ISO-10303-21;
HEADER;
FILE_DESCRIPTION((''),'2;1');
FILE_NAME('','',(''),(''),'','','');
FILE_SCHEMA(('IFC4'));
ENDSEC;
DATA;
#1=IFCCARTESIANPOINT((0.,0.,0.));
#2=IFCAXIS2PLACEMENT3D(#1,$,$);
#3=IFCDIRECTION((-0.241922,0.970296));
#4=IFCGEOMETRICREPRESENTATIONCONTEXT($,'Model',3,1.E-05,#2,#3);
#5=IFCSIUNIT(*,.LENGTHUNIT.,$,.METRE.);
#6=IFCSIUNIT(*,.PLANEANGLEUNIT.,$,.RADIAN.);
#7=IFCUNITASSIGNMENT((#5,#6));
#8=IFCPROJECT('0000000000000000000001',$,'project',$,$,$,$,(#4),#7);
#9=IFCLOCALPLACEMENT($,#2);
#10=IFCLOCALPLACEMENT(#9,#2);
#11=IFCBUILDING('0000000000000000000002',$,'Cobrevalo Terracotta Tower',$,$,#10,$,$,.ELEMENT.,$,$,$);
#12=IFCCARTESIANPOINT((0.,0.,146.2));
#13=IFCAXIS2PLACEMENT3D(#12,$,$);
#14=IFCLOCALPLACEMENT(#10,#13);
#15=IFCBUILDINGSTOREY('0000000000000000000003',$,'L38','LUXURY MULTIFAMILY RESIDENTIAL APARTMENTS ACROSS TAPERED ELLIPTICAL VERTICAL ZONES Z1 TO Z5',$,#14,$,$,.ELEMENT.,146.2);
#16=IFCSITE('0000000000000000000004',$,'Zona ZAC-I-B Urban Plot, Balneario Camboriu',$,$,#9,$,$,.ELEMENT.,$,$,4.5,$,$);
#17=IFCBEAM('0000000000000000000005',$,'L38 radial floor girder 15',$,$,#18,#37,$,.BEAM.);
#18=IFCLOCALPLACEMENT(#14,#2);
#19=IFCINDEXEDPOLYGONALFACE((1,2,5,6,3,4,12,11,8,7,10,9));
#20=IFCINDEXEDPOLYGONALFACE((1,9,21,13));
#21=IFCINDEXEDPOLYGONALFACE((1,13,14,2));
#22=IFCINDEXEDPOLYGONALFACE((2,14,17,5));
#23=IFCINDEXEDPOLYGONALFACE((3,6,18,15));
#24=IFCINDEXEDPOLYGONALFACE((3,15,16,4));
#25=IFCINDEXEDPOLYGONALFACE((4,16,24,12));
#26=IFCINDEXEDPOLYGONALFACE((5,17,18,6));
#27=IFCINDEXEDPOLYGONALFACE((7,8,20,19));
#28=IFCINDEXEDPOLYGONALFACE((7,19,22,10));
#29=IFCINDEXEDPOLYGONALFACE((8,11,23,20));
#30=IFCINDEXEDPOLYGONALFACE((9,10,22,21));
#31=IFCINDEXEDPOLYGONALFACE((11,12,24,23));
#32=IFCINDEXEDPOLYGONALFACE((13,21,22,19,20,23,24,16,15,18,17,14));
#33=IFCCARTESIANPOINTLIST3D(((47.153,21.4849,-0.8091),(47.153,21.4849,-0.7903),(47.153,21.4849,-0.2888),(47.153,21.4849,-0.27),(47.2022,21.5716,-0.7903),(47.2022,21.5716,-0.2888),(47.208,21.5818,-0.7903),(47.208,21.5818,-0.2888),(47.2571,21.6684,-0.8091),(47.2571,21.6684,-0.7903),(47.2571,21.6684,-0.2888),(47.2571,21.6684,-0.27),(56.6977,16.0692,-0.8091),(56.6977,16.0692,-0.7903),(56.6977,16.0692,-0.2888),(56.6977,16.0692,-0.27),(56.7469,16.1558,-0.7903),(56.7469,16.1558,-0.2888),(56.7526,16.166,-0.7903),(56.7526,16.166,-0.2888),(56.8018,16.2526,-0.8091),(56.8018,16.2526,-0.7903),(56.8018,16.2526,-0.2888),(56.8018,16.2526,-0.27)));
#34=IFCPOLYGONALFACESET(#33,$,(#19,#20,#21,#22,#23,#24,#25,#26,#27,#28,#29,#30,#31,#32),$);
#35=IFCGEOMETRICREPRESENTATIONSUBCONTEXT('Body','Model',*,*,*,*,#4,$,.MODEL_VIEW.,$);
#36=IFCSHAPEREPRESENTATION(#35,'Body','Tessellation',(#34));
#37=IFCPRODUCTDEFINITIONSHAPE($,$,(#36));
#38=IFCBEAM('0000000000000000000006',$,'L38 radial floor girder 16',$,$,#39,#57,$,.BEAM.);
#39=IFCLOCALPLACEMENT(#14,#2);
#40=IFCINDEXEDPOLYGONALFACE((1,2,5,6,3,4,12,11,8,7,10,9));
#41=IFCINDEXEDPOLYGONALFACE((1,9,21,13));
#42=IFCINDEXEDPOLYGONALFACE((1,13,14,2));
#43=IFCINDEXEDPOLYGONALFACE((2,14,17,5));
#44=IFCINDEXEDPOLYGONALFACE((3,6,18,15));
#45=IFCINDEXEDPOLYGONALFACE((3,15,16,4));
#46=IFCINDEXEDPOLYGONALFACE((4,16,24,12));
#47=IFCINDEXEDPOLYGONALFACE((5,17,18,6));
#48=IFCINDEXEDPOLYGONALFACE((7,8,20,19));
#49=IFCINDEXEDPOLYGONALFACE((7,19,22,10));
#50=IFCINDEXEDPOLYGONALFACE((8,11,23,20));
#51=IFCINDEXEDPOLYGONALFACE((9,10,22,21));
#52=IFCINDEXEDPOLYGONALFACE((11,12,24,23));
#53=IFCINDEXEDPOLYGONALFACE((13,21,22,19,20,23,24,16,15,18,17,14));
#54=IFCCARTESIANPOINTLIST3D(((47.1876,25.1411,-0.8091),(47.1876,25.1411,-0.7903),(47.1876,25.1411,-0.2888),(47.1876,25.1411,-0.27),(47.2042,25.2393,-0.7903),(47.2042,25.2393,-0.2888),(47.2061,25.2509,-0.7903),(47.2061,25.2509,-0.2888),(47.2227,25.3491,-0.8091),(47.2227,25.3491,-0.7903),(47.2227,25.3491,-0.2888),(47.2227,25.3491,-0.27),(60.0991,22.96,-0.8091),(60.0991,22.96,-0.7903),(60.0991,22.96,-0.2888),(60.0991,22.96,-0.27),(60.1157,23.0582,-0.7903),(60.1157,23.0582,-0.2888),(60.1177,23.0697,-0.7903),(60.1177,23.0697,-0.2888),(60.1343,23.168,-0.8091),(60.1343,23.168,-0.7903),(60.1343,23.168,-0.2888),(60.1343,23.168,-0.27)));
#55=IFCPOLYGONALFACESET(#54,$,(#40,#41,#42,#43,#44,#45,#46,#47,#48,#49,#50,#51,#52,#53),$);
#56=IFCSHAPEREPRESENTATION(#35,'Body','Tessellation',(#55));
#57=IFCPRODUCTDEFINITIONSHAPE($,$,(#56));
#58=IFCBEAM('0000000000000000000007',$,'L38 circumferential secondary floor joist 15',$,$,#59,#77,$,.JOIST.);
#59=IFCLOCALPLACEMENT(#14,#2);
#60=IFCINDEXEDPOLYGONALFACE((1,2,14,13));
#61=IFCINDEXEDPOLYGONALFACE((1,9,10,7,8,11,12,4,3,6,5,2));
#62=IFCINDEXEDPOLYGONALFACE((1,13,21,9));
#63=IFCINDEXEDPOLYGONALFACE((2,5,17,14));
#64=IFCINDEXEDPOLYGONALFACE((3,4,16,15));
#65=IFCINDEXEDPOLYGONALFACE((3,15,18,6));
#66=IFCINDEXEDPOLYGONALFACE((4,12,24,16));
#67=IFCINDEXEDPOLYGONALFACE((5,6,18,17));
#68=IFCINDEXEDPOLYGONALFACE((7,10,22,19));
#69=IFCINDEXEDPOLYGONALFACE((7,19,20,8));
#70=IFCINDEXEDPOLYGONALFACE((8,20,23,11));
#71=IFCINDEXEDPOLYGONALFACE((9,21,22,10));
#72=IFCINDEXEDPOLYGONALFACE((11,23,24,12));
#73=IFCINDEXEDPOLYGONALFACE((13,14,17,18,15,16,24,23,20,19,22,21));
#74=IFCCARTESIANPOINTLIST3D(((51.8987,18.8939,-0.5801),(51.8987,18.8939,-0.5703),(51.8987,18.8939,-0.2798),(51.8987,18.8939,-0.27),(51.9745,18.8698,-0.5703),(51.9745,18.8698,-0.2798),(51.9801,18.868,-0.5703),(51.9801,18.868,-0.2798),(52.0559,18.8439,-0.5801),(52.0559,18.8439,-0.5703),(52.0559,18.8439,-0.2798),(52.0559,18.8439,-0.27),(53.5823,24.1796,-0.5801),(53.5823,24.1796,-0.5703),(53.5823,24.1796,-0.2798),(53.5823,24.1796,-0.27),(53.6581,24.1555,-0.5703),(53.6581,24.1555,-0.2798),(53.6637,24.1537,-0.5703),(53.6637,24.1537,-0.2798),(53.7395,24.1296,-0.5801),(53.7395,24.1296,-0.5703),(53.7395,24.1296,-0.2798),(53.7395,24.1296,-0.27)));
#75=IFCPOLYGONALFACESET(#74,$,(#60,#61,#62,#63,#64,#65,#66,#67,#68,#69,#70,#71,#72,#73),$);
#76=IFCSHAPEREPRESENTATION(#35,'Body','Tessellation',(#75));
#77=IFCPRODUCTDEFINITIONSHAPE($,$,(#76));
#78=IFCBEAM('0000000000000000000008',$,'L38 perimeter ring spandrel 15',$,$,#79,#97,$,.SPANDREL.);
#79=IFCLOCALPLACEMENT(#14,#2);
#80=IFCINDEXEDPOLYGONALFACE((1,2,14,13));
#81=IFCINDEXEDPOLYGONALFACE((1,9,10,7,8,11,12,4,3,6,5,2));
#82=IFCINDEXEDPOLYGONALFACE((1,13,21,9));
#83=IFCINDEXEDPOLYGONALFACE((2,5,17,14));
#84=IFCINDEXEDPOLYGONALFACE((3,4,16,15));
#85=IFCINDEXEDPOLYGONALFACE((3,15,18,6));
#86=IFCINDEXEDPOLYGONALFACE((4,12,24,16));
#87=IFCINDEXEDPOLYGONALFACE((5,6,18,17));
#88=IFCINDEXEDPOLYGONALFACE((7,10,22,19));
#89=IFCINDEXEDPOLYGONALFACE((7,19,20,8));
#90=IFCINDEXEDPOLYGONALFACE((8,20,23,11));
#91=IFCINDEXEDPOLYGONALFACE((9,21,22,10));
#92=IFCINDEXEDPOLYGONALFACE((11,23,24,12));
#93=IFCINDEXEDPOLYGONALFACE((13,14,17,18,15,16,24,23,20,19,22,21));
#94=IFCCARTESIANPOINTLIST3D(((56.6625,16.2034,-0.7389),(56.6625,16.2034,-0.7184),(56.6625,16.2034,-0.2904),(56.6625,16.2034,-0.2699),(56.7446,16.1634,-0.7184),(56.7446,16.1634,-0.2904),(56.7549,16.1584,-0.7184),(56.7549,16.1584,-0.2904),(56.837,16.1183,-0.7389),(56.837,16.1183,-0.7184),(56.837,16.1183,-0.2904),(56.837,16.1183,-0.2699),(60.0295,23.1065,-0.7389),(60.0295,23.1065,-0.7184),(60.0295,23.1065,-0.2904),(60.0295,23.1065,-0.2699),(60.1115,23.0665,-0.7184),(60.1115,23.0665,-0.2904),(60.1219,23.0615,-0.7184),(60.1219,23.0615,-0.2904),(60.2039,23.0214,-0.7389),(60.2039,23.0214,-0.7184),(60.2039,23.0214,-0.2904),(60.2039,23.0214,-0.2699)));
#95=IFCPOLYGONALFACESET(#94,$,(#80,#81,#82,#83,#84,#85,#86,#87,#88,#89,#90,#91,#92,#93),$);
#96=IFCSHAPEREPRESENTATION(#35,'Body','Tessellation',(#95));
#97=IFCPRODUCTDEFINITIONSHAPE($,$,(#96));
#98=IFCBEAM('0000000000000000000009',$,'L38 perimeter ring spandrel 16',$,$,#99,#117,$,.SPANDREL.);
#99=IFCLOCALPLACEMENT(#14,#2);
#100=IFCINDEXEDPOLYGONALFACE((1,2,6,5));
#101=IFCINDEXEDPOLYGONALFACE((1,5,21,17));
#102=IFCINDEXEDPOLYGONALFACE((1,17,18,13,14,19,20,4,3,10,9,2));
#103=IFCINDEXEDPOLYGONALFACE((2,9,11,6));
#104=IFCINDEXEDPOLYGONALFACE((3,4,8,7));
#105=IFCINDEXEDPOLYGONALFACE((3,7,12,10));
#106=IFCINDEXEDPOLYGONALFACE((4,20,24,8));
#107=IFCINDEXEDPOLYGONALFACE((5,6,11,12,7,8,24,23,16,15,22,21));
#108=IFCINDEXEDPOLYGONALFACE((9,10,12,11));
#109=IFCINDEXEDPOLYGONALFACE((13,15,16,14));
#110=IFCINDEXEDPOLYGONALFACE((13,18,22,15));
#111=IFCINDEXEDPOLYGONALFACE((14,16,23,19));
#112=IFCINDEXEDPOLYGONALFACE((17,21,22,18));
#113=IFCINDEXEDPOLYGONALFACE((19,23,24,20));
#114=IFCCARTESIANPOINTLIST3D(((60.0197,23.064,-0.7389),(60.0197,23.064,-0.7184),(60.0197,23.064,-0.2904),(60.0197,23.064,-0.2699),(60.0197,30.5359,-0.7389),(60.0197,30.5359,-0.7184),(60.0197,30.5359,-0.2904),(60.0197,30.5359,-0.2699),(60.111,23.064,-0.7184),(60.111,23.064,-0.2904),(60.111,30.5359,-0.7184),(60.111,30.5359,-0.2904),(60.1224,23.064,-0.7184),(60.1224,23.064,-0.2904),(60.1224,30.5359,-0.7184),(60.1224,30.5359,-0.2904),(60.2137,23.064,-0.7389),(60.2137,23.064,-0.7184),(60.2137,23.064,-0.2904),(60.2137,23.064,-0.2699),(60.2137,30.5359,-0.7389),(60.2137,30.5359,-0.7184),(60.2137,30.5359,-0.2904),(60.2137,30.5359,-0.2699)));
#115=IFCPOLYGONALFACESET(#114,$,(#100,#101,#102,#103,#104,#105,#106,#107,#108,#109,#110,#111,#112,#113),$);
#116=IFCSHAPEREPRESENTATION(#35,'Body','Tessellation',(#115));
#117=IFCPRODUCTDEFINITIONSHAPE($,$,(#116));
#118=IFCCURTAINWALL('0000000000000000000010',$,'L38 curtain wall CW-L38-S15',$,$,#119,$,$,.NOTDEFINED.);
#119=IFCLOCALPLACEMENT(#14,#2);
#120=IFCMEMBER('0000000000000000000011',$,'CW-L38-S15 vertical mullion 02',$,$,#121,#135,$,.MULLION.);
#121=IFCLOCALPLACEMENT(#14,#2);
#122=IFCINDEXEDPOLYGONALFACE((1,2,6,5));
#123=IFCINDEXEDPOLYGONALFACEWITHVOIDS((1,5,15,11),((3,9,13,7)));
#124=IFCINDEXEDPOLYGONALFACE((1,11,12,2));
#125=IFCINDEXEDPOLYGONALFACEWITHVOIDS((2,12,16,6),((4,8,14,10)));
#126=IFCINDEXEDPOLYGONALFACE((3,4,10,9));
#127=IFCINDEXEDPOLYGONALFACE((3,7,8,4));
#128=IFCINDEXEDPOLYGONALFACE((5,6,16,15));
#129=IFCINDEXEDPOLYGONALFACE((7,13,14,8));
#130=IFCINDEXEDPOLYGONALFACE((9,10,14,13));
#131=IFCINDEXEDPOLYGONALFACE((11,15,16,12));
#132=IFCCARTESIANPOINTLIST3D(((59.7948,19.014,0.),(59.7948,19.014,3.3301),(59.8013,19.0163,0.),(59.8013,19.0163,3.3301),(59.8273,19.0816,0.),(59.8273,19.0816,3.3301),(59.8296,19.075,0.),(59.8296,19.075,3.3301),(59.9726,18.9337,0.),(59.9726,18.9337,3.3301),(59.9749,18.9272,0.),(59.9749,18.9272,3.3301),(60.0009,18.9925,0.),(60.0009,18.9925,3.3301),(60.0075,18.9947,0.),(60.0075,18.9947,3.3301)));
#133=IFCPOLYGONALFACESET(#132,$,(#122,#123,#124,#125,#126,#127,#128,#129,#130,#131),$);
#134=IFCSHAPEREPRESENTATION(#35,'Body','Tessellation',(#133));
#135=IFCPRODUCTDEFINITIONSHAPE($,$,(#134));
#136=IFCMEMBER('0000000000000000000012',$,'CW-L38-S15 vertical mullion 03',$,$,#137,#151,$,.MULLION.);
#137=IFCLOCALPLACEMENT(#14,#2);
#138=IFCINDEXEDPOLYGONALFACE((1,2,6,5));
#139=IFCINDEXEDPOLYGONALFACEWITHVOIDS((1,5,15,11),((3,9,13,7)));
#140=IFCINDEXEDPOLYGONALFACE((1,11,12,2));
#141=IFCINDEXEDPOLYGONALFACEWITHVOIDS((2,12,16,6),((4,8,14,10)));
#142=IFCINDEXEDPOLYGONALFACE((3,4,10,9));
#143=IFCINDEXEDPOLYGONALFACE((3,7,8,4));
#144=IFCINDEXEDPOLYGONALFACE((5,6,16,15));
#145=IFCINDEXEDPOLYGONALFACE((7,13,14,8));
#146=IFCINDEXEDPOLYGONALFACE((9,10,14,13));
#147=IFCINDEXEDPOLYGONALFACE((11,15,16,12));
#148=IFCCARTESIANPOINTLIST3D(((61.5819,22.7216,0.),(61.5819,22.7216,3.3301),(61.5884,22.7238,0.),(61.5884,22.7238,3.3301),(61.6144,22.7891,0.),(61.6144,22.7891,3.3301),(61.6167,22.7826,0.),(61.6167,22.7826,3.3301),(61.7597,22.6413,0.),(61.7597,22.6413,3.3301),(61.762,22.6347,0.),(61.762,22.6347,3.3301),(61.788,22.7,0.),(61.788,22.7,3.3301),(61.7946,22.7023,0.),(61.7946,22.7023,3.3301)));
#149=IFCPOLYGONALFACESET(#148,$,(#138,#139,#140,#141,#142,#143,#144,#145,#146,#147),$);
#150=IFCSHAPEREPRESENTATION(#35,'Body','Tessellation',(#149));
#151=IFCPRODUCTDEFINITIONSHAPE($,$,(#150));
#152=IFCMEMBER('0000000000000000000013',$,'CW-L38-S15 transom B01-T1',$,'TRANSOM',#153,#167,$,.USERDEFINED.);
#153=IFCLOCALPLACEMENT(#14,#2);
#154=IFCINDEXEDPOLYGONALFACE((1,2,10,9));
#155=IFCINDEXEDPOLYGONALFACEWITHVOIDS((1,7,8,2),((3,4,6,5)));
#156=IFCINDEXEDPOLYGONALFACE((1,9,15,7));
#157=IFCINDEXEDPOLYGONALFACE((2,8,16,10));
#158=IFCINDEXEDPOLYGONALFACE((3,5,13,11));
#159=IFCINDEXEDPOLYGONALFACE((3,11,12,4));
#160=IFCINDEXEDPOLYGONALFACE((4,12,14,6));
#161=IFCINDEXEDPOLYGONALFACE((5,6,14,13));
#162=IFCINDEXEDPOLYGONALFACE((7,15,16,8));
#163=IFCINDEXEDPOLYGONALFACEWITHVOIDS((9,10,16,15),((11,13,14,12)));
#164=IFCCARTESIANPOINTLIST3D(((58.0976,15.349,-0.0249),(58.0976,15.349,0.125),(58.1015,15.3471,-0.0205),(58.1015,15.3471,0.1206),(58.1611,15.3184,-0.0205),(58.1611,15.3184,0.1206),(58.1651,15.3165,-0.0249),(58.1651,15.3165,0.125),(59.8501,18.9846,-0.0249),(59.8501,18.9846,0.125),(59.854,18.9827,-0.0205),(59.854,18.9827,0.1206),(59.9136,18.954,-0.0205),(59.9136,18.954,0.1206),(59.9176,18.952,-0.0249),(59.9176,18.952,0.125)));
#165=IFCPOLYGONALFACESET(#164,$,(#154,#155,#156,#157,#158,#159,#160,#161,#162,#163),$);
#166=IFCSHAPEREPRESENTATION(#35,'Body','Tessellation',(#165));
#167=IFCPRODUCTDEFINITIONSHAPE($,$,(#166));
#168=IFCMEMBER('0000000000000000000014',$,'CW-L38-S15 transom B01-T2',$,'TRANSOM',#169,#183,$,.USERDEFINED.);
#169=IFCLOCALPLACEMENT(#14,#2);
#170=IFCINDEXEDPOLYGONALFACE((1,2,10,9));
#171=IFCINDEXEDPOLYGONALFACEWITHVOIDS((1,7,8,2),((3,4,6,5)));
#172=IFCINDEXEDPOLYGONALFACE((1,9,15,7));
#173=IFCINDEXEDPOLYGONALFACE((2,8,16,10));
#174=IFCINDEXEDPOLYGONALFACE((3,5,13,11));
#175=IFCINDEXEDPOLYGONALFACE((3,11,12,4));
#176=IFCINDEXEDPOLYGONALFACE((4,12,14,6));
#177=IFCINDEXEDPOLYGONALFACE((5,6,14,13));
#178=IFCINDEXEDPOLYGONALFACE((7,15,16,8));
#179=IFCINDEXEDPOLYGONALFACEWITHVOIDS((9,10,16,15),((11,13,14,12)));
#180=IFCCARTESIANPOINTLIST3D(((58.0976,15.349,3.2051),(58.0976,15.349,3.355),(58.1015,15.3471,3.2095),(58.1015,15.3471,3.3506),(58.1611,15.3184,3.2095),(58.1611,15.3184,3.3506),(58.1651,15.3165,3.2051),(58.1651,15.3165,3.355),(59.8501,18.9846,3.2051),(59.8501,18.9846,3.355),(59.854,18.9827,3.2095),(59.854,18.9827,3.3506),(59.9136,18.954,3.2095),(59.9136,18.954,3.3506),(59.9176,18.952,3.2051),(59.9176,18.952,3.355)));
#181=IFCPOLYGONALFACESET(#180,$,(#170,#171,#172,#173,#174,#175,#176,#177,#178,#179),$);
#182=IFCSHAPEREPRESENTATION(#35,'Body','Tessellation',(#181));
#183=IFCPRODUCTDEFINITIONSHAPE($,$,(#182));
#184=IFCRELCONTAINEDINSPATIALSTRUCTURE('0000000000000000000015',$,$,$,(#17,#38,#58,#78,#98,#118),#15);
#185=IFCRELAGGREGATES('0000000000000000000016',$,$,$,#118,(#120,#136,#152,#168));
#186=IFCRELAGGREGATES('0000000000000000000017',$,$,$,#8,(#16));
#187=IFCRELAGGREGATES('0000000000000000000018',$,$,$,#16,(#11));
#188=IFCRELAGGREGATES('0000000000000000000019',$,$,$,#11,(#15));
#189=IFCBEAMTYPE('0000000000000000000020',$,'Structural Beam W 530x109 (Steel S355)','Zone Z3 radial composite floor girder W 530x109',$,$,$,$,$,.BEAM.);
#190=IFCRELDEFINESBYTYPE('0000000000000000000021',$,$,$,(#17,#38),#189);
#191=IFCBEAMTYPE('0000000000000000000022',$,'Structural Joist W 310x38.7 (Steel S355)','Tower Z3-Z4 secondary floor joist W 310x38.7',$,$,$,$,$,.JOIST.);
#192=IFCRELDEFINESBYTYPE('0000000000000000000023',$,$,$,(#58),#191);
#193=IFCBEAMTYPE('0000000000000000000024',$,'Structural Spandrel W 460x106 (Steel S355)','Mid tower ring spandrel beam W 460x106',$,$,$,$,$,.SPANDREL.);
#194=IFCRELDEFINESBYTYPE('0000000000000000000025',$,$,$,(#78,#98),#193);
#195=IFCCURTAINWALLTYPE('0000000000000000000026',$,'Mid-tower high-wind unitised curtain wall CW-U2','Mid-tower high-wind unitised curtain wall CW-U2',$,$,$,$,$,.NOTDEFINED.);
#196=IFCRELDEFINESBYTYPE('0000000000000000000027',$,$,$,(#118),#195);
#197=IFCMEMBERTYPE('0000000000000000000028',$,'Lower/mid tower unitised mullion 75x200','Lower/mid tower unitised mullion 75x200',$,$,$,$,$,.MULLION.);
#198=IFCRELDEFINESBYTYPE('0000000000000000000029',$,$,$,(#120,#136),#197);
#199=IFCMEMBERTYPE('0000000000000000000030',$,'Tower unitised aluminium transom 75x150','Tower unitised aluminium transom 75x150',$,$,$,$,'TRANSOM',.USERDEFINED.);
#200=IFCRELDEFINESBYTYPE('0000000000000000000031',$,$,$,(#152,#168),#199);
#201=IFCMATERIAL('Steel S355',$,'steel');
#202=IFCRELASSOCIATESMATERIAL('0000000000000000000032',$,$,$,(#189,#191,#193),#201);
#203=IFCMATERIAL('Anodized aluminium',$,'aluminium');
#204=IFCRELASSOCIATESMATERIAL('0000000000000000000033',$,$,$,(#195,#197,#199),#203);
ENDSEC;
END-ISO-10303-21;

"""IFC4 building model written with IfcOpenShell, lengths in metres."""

from ifc_helpers import new_model, si_unit, direction, frame, origin, origin_2d, place, context, subcontext, project, spatial, hollow_rectangle, i_section, extrude, source, transform, mapped, material, material_profile, profile_set, type_object, element, aggregate, save


model = new_model("IFC4")

# Units and contexts
model_context = context("Model", 3, precision=1e-05, world=origin(), true_north=direction((-0.241922, 0.970296)))
body_context = subcontext(model_context, "Body", "Model", "MODEL_VIEW")
ifc_project = project(units=[si_unit("LENGTHUNIT", "METRE"), si_unit("PLANEANGLEUNIT", "RADIAN")], contexts=[model_context])

# Site, building, storey
site_placement = place(None, origin())
site = spatial("IfcSite", under=ifc_project, at=site_placement, Name="Zona ZAC-I-B Urban Plot, Balneario Camboriu", CompositionType="ELEMENT", RefElevation=4.5)
building_placement = place(site_placement, origin())
building = spatial("IfcBuilding", under=site, at=building_placement, Name="Cobrevalo Terracotta Tower", CompositionType="ELEMENT")
storey_placement = place(building_placement, frame((0.0, 0.0, 146.2)))
storey = spatial("IfcBuildingStorey", under=building, at=storey_placement, Name="L38", Description="LUXURY MULTIFAMILY RESIDENTIAL APARTMENTS ACROSS TAPERED ELLIPTICAL VERTICAL ZONES Z1 TO Z5", CompositionType="ELEMENT", Elevation=146.2)

# Shared definitions
ifc_material_1 = material(Name="Steel S355", Category="steel")

# Beams
ifc_material_profile_1 = material_profile(ifc_material_1, i_section(OverallWidth=0.2109, OverallDepth=0.5391, WebThickness=0.0117, FlangeThickness=0.0188, at=origin_2d()), Name="W 530x109")
ifc_profile_set_1 = profile_set([ifc_material_profile_1], Name="Steel S355")
beam_type_1 = type_object("IfcBeamType", Name="Structural Beam W 530x109 (Steel S355)", Description="Zone Z3 radial composite floor girder W 530x109", PredefinedType="BEAM", material=ifc_profile_set_1)
beam_1_placement = place(storey_placement, frame((56.7498, 16.1609, -0.5396), z_axis=(-0.869744, 0.493504, 0.0), x_axis=(-0.493504, -0.869744, 0.0)))
element("IfcBeam", 1, at=beam_1_placement, inside=storey, type_object=beam_type_1, Name="L38 radial floor girder 15", PredefinedType="BEAM", context=body_context, shape_type="SweptSolid", body=[
    extrude(i_section(OverallWidth=0.2109, OverallDepth=0.5391, WebThickness=0.0117, FlangeThickness=0.0188, at=origin_2d()), origin(), (0.0, 0.0, 1.0), 10.9741),
])
beam_2_placement = place(storey_placement, frame((60.1167, 23.064, -0.5396), z_axis=(-0.98603, 0.166569, 0.0), x_axis=(-0.166569, -0.98603, 0.0)))
element("IfcBeam", 2, at=beam_2_placement, inside=storey, type_object=beam_type_1, Name="L38 radial floor girder 16", PredefinedType="BEAM", context=body_context, shape_type="SweptSolid", body=[
    extrude(i_section(OverallWidth=0.2109, OverallDepth=0.5391, WebThickness=0.0117, FlangeThickness=0.0188, at=origin_2d()), origin(), (0.0, 0.0, 1.0), 13.0945),
])
ifc_material_profile_2 = material_profile(ifc_material_1, i_section(OverallWidth=0.165, OverallDepth=0.3101, WebThickness=0.0059, FlangeThickness=0.0098, at=origin_2d()), Name="W 310x38.7")
ifc_profile_set_2 = profile_set([ifc_material_profile_2], Name="Steel S355")
beam_type_2 = type_object("IfcBeamType", Name="Structural Joist W 310x38.7 (Steel S355)", Description="Tower Z3-Z4 secondary floor joist W 310x38.7", PredefinedType="JOIST", material=ifc_profile_set_2)
beam_3_placement = place(storey_placement, frame((51.9773, 18.8689, -0.425), z_axis=(0.303498, 0.952832, 0.0), x_axis=(-0.952832, 0.303498, 0.0)))
element("IfcBeam", 3, at=beam_3_placement, inside=storey, type_object=beam_type_2, Name="L38 circumferential secondary floor joist 15", PredefinedType="JOIST", context=body_context, shape_type="SweptSolid", body=[
    extrude(i_section(OverallWidth=0.165, OverallDepth=0.3101, WebThickness=0.0059, FlangeThickness=0.0098, at=origin_2d()), origin(), (0.0, 0.0, 1.0), 5.5474),
])
ifc_material_profile_3 = material_profile(ifc_material_1, i_section(OverallWidth=0.1941, OverallDepth=0.469, WebThickness=0.0115, FlangeThickness=0.0205, at=origin_2d()), Name="W 460x106")
ifc_profile_set_3 = profile_set([ifc_material_profile_3], Name="Steel S355")
beam_type_3 = type_object("IfcBeamType", Name="Structural Spandrel W 460x106 (Steel S355)", Description="Mid tower ring spandrel beam W 460x106", PredefinedType="SPANDREL", material=ifc_profile_set_3)
beam_4_placement = place(storey_placement, frame((56.7498, 16.1609, -0.5044), z_axis=(0.43838, 0.89879, 0.0), x_axis=(-0.89879, 0.43838, 0.0)))
element("IfcBeam", 4, at=beam_4_placement, inside=storey, type_object=beam_type_3, Name="L38 perimeter ring spandrel 15", PredefinedType="SPANDREL", context=body_context, shape_type="SweptSolid", body=[
    extrude(i_section(OverallWidth=0.1941, OverallDepth=0.469, WebThickness=0.0115, FlangeThickness=0.0205, at=origin_2d()), origin(), (0.0, 0.0, 1.0), 7.6804),
])
beam_5_placement = place(storey_placement, frame((60.1167, 23.064, -0.5044), z_axis=(0.0, 1.0, 0.0), x_axis=(-1.0, 0.0, 0.0)))
element("IfcBeam", 5, at=beam_5_placement, inside=storey, type_object=beam_type_3, Name="L38 perimeter ring spandrel 16", PredefinedType="SPANDREL", context=body_context, shape_type="SweptSolid", body=[
    extrude(i_section(OverallWidth=0.1941, OverallDepth=0.469, WebThickness=0.0115, FlangeThickness=0.0205, at=origin_2d()), origin(), (0.0, 0.0, 1.0), 7.4719),
])

# Curtain wall, members
ifc_material_2 = material(Name="Anodized aluminium", Category="aluminium")
curtain_wall_type = type_object("IfcCurtainWallType", Name="Mid-tower high-wind unitised curtain wall CW-U2", Description="Mid-tower high-wind unitised curtain wall CW-U2", PredefinedType="NOTDEFINED", material=ifc_material_2)
curtain_wall_placement = place(storey_placement, origin())
curtain_wall = element("IfcCurtainWall", 6, at=curtain_wall_placement, inside=storey, type_object=curtain_wall_type, Name="L38 curtain wall CW-L38-S15", PredefinedType="NOTDEFINED")
ifc_material_profile_4 = material_profile(ifc_material_2, hollow_rectangle(XDim=0.075, YDim=0.2, WallThickness=0.0049, at=origin_2d()), Name="CWM 75x200")
ifc_profile_set_4 = profile_set([ifc_material_profile_4], Name="Anodized aluminium")
member_type_1 = type_object("IfcMemberType", Name="Lower/mid tower unitised mullion 75x200", Description="Lower/mid tower unitised mullion 75x200", PredefinedType="MULLION", material=ifc_profile_set_4)
shared_shape_1 = source(origin(), body_context, "Body", "SweptSolid", [
    extrude(hollow_rectangle(XDim=0.075, YDim=0.2, WallThickness=0.0049, at=origin_2d()), origin(), (0.0, 0.0, 1.0), 3.3301),
])
member_1_placement = place(storey_placement, frame((59.9011, 19.0044, 0.0), z_axis=(0.0, 0.0, 1.0), x_axis=(0.434209, 0.900812, 0.0)))
member_1 = element("IfcMember", 7, at=member_1_placement, type_object=member_type_1, Name="CW-L38-S15 vertical mullion 02", PredefinedType="MULLION", context=body_context, shape_type="MappedRepresentation", body=[
    mapped(shared_shape_1, transform((0.0, 0.0, 0.0), scale=1.0)),
])
member_2_placement = place(storey_placement, frame((61.6882, 22.7119, 0.0), z_axis=(0.0, 0.0, 1.0), x_axis=(0.434209, 0.900812, 0.0)))
member_2 = element("IfcMember", 8, at=member_2_placement, type_object=member_type_1, Name="CW-L38-S15 vertical mullion 03", PredefinedType="MULLION", context=body_context, shape_type="MappedRepresentation", body=[
    mapped(shared_shape_1, transform((0.0, 0.0, 0.0), scale=1.0)),
])
ifc_material_profile_5 = material_profile(ifc_material_2, hollow_rectangle(XDim=0.075, YDim=0.1499, WallThickness=0.0044, at=origin_2d()), Name="CWT 75x150")
ifc_profile_set_5 = profile_set([ifc_material_profile_5], Name="Anodized aluminium")
member_type_2 = type_object("IfcMemberType", Name="Tower unitised aluminium transom 75x150", Description="Tower unitised aluminium transom 75x150", ElementType="TRANSOM", PredefinedType="USERDEFINED", material=ifc_profile_set_5)
shared_shape_2 = source(origin(), body_context, "Body", "SweptSolid", [
    extrude(hollow_rectangle(XDim=0.075, YDim=0.1499, WallThickness=0.0044, at=origin_2d()), origin(), (0.0, 0.0, 1.0), 4.0359),
])
member_3_placement = place(storey_placement, frame((58.1313, 15.3328, 0.05), z_axis=(0.434221, 0.900806, 0.0), x_axis=(-0.900806, 0.434221, 0.0)))
member_3 = element("IfcMember", 9, at=member_3_placement, type_object=member_type_2, Name="CW-L38-S15 transom B01-T1", ObjectType="TRANSOM", PredefinedType="USERDEFINED", context=body_context, shape_type="MappedRepresentation", body=[
    mapped(shared_shape_2, transform((0.0, 0.0, 0.0), scale=1.0)),
])
member_4_placement = place(storey_placement, frame((58.1313, 15.3328, 3.28), z_axis=(0.434221, 0.900806, 0.0), x_axis=(-0.900806, 0.434221, 0.0)))
member_4 = element("IfcMember", 10, at=member_4_placement, type_object=member_type_2, Name="CW-L38-S15 transom B01-T2", ObjectType="TRANSOM", PredefinedType="USERDEFINED", context=body_context, shape_type="MappedRepresentation", body=[
    mapped(shared_shape_2, transform((0.0, 0.0, 0.0), scale=1.0)),
])
aggregate(curtain_wall, [member_1, member_2, member_3, member_4])

save(model, "model.ifc")
